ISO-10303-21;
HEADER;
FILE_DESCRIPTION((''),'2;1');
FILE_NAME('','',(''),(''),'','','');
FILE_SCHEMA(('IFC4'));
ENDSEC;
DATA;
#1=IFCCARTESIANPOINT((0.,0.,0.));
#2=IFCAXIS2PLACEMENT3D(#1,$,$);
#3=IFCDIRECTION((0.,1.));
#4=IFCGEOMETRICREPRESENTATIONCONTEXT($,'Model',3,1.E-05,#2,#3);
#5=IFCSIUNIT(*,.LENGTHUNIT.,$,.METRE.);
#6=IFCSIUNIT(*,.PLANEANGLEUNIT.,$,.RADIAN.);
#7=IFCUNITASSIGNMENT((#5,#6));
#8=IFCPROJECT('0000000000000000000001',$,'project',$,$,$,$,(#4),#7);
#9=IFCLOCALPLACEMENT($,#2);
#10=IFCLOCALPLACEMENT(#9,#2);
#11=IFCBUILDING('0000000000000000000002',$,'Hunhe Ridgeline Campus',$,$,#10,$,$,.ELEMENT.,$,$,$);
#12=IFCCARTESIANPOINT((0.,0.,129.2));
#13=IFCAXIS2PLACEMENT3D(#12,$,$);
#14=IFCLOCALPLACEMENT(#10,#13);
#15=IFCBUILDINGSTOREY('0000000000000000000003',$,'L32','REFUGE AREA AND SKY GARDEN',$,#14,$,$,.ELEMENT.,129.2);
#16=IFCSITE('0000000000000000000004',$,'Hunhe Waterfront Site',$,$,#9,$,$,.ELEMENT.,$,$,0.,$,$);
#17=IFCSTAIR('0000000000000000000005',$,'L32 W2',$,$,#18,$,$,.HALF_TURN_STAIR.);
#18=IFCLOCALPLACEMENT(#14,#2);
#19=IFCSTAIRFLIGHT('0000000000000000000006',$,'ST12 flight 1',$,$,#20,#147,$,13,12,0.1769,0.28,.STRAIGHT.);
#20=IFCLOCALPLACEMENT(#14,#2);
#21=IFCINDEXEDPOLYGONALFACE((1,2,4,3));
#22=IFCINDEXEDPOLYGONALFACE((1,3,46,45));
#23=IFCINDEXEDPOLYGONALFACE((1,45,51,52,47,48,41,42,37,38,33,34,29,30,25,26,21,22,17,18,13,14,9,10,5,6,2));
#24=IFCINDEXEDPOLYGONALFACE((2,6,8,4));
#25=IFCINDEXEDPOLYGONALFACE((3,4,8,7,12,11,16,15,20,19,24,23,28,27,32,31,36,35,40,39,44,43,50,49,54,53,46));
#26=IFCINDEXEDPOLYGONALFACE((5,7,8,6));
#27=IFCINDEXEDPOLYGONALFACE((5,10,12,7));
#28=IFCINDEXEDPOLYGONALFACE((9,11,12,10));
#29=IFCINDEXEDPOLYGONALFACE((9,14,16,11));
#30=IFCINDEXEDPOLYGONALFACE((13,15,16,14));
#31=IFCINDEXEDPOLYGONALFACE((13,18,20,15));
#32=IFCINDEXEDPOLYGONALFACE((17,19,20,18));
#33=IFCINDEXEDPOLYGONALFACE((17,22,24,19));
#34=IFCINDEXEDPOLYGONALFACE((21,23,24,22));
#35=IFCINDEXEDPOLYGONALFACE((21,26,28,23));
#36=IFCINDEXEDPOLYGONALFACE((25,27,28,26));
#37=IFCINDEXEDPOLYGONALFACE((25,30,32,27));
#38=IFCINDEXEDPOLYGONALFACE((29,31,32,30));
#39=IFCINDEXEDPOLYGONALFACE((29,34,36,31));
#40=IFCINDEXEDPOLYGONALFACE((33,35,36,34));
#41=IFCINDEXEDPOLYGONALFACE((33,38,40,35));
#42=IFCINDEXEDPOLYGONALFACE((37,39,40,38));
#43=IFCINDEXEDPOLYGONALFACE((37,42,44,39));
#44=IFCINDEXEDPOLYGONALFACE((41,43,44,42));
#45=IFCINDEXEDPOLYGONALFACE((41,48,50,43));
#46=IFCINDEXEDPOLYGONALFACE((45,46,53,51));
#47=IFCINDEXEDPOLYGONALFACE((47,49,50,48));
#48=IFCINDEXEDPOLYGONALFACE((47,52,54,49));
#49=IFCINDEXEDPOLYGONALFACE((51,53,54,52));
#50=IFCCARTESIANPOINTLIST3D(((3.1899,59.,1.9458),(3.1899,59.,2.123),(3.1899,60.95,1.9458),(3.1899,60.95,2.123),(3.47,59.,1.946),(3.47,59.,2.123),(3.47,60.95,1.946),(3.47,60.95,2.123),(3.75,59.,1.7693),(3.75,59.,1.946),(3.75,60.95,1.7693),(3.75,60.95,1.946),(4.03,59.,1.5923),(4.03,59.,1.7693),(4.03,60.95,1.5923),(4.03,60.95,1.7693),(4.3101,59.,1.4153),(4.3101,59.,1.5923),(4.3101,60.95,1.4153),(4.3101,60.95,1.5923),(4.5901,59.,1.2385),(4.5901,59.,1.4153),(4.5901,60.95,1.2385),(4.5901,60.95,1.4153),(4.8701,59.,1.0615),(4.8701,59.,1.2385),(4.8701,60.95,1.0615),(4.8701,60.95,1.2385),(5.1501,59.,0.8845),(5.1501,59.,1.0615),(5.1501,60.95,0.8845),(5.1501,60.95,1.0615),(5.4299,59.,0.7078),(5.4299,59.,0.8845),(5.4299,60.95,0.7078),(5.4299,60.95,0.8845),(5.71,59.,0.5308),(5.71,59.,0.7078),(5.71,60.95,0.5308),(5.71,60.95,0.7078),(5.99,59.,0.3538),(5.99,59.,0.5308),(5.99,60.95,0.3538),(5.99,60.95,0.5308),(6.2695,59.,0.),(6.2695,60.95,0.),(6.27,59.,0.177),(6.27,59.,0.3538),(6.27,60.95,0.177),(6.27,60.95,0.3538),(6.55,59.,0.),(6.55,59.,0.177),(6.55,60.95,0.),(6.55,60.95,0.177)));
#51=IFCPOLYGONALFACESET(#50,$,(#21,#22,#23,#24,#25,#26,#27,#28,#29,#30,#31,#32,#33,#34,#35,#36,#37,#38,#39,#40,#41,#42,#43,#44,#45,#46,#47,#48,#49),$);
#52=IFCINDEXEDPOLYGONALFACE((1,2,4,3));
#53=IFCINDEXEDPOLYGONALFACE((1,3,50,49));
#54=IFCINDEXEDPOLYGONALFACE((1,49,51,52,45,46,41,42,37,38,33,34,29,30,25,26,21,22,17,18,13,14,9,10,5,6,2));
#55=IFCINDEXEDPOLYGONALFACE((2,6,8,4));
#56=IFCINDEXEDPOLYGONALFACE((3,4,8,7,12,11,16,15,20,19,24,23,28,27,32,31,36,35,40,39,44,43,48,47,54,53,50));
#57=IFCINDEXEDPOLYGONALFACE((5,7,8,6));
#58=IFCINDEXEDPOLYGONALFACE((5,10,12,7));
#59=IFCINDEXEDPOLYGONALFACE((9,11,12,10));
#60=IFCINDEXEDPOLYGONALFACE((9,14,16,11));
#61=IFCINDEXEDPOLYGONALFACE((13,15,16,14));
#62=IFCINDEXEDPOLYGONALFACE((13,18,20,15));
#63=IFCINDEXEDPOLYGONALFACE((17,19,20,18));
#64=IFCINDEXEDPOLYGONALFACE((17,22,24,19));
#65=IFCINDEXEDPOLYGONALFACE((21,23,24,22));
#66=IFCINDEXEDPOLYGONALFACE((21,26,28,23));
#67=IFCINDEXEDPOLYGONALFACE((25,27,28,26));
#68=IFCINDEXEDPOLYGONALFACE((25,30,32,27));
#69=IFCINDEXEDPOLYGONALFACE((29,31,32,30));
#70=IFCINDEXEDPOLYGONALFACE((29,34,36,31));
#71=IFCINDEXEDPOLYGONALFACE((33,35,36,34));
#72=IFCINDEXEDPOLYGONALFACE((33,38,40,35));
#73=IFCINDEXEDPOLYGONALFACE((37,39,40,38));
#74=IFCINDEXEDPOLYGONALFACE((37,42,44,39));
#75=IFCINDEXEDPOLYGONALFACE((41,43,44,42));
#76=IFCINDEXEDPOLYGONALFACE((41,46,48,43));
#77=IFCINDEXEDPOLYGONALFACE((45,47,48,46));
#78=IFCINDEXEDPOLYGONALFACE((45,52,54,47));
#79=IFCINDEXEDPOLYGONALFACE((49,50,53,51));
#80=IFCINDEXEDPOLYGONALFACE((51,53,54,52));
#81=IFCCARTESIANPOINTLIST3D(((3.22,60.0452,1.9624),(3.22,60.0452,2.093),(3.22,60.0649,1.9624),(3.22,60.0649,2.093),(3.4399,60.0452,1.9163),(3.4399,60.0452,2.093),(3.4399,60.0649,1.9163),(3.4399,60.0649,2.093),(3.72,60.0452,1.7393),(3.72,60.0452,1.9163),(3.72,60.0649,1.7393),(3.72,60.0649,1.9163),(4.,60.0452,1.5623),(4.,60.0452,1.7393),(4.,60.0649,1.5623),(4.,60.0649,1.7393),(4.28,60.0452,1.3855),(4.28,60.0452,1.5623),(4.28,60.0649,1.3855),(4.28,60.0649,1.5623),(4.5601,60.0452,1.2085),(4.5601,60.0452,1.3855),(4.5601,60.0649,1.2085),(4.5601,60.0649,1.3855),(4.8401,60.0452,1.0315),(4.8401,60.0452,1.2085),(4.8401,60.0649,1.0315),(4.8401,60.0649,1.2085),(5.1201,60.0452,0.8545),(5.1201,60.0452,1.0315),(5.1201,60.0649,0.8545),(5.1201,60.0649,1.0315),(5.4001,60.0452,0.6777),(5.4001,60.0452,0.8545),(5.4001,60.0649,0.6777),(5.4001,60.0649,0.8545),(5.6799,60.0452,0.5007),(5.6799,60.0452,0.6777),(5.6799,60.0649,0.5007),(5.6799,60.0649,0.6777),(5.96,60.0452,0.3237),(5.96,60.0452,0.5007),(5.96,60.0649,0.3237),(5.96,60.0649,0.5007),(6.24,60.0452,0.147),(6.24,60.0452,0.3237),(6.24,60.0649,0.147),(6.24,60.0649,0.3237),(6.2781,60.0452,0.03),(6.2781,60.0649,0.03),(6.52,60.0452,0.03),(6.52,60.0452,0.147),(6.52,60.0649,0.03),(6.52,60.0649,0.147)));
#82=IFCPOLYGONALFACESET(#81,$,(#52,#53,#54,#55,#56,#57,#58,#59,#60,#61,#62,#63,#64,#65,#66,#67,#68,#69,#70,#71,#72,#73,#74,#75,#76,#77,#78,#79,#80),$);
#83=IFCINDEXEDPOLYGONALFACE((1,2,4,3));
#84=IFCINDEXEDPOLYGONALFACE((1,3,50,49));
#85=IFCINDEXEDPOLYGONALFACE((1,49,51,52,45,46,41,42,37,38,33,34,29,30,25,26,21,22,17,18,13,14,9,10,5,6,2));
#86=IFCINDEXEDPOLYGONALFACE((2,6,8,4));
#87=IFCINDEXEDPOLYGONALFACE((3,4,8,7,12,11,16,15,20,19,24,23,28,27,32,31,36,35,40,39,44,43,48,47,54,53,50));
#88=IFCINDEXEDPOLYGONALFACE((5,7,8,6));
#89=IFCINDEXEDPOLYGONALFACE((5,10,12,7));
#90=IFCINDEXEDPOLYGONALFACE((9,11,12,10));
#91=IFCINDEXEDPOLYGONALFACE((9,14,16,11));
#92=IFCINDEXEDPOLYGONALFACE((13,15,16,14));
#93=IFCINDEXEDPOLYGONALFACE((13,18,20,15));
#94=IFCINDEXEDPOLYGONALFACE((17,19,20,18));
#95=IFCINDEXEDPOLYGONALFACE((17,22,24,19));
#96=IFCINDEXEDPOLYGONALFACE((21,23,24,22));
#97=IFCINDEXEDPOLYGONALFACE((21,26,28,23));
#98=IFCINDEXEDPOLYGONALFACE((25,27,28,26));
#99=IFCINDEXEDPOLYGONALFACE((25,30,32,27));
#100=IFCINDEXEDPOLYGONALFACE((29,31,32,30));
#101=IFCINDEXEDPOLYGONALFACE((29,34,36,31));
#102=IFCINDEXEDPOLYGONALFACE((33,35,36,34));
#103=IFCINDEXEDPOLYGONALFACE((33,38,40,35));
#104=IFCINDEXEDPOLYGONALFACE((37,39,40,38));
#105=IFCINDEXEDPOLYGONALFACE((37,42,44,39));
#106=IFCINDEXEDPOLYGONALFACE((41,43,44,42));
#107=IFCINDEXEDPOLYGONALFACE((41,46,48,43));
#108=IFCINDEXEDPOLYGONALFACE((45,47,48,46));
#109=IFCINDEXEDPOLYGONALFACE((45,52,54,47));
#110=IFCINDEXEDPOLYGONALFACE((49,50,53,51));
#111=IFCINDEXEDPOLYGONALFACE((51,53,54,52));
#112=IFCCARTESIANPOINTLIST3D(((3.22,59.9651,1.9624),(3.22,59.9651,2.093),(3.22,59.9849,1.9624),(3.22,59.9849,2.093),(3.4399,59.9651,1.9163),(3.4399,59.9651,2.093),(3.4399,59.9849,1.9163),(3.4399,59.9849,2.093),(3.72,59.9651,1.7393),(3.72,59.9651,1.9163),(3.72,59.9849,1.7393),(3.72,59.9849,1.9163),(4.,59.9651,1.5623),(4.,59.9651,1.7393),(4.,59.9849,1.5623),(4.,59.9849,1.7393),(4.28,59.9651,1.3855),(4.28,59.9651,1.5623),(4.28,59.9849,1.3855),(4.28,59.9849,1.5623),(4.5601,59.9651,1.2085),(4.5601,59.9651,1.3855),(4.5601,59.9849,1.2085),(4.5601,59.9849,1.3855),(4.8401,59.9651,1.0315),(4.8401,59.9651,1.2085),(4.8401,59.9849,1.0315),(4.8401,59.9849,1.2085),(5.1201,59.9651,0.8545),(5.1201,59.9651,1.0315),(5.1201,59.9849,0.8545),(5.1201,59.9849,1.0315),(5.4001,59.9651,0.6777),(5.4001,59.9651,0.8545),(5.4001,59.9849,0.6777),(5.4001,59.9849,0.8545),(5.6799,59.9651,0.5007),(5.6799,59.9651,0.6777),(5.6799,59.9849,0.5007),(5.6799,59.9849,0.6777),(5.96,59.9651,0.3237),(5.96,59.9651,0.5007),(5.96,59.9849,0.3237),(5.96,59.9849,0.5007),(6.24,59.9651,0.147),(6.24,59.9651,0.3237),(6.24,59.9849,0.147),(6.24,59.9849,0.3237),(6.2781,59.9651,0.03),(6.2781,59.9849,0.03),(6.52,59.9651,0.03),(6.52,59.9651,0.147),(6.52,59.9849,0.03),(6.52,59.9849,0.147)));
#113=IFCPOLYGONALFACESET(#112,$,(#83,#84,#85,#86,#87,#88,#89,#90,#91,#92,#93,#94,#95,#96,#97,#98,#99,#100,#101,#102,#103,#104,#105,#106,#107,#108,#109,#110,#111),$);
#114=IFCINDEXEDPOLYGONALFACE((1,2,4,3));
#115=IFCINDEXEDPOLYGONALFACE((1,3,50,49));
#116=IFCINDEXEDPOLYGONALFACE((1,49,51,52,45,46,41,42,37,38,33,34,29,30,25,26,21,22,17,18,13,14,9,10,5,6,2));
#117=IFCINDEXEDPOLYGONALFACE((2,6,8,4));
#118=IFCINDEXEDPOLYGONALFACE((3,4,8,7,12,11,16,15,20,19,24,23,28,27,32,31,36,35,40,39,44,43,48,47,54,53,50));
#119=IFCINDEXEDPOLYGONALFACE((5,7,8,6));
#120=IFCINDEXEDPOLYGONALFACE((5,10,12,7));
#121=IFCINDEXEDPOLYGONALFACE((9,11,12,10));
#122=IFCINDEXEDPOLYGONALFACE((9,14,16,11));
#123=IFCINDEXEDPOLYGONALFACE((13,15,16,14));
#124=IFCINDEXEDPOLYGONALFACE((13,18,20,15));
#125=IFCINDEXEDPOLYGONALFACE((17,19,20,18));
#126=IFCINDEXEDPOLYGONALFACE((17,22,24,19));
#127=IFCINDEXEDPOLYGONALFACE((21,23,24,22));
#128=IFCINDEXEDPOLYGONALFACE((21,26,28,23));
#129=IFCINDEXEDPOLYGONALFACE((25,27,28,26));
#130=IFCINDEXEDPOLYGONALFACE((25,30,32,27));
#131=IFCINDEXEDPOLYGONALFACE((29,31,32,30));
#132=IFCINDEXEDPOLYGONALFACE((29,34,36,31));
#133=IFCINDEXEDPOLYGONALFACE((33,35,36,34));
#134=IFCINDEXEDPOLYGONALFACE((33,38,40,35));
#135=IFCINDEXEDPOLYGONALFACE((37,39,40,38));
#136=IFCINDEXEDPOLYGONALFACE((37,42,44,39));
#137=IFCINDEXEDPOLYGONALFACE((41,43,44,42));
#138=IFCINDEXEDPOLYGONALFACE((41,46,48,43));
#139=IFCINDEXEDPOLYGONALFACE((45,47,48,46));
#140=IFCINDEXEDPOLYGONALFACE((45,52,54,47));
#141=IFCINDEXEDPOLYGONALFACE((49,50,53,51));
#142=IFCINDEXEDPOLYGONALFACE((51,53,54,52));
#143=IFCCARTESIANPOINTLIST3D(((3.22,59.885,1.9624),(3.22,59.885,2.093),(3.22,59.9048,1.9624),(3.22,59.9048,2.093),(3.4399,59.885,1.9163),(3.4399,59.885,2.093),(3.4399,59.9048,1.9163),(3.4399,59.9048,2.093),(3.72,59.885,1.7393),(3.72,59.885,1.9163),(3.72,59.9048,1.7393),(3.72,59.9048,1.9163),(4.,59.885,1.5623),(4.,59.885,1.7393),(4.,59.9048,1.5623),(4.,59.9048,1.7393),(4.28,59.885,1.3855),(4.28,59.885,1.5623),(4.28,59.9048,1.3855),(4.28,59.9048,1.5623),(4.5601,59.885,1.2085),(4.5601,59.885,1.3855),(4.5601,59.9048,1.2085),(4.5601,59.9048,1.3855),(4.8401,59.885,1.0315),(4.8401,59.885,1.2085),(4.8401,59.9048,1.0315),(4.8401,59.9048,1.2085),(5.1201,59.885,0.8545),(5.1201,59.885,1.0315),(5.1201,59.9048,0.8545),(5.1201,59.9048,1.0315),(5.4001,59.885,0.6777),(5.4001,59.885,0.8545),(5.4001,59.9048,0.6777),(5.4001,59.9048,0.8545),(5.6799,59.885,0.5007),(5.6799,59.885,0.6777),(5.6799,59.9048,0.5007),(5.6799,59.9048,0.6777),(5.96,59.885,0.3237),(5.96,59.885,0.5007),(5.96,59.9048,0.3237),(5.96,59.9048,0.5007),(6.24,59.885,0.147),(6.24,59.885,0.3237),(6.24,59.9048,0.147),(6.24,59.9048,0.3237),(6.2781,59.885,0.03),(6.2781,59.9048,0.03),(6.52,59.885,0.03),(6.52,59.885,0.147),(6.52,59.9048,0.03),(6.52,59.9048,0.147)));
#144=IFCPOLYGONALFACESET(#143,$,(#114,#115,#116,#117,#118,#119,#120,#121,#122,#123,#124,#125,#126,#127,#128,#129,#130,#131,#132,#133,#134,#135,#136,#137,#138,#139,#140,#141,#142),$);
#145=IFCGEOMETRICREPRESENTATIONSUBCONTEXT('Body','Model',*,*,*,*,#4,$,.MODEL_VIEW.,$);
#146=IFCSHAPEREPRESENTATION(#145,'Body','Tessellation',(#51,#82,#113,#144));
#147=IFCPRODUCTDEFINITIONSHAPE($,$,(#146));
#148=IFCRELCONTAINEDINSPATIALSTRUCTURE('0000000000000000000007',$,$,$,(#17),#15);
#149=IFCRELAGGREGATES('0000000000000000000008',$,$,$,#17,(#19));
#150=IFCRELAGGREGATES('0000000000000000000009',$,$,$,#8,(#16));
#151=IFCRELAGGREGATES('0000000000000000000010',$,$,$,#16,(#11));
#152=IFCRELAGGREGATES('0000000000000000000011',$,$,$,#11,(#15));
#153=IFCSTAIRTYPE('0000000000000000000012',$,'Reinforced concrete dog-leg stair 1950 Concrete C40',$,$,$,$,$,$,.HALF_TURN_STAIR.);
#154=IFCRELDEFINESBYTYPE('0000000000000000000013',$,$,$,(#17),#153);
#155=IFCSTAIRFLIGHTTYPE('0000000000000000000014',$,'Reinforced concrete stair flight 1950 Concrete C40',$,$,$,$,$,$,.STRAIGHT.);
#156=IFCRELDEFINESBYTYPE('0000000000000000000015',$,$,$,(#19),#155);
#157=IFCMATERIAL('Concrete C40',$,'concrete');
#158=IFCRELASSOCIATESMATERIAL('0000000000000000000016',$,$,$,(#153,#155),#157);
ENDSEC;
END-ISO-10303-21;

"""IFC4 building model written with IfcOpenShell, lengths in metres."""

from ifc_helpers import new_model, si_unit, direction, frame, origin, place, context, subcontext, project, spatial, polyline, outline, extrude, material, type_object, element, aggregate, save


model = new_model("IFC4")

# Units and contexts
model_context = context("Model", 3, precision=1e-05, world=origin(), true_north=direction((0.0, 1.0)))
body_context = subcontext(model_context, "Body", "Model", "MODEL_VIEW")
ifc_project = project(units=[si_unit("LENGTHUNIT", "METRE"), si_unit("PLANEANGLEUNIT", "RADIAN")], contexts=[model_context])

# Site, building, storey
site_placement = place(None, origin())
site = spatial("IfcSite", under=ifc_project, at=site_placement, Name="Hunhe Waterfront Site", CompositionType="ELEMENT", RefElevation=0.0)
building_placement = place(site_placement, origin())
building = spatial("IfcBuilding", under=site, at=building_placement, Name="Hunhe Ridgeline Campus", CompositionType="ELEMENT")
storey_placement = place(building_placement, frame((0.0, 0.0, 129.2)))
storey = spatial("IfcBuildingStorey", under=building, at=storey_placement, Name="L32", Description="REFUGE AREA AND SKY GARDEN", CompositionType="ELEMENT", Elevation=129.2)

# Shared definitions
ifc_material_1 = material(Name="Concrete C40", Category="concrete")
stair_type = type_object("IfcStairType", Name="Reinforced concrete dog-leg stair 1950 Concrete C40", PredefinedType="HALF_TURN_STAIR", material=ifc_material_1)
stair_flight_type = type_object("IfcStairFlightType", Name="Reinforced concrete stair flight 1950 Concrete C40", PredefinedType="STRAIGHT", material=ifc_material_1)

# Stair, stair flight
stair_1_placement = place(storey_placement, origin())
stair_1 = element("IfcStair", 1, at=stair_1_placement, inside=storey, type_object=stair_type, Name="L32 W2", PredefinedType="HALF_TURN_STAIR")
stair_flight_1_placement = place(storey_placement, frame((6.55, 59.9751, 0.0), z_axis=(0.0, 0.0, 1.0), x_axis=(-1.0, 0.0, 0.0)))
stair_flight_1 = element("IfcStairFlight", 2, at=stair_flight_1_placement, type_object=stair_flight_type, Name="ST12 flight 1", NumberOfRisers=13, NumberOfTreads=12, PredefinedType="STRAIGHT", RiserHeight=0.1769, TreadLength=0.28, context=body_context, shape_type="SweptSolid", body=[
    extrude(outline(polyline([(0.0, 0.0), (0.0, 0.177), (0.28, 0.177), (0.28, 0.3538), (0.5601, 0.3538), (0.5601, 0.5308), (0.8401, 0.5308), (0.8401, 0.7078), (1.1201, 0.7078), (1.1201, 0.8845), (1.3999, 0.8845), (1.3999, 1.0615), (1.6799, 1.0615), (1.6799, 1.2385), (1.96, 1.2385), (1.96, 1.4153), (2.24, 1.4153), (2.24, 1.5923), (2.52, 1.5923), (2.52, 1.7693), (2.8, 1.7693), (2.8, 1.946), (3.0801, 1.946), (3.0801, 2.123), (3.3601, 2.123), (3.3601, 2.3), (3.3601, 1.9458), (0.2805, 0.0), (0.0, 0.0)])), frame((0.0, 0.9751, 0.0), z_axis=(0.0, -1.0, 0.0), x_axis=(1.0, 0.0, 0.0)), (0.0, 0.0, 1.0), 1.95),
    extrude(outline(polyline([(0.03, 0.03), (0.03, 0.147), (0.3101, 0.147), (0.3101, 0.3237), (0.5901, 0.3237), (0.5901, 0.5007), (0.8701, 0.5007), (0.8701, 0.6777), (1.1499, 0.6777), (1.1499, 0.8545), (1.4299, 0.8545), (1.4299, 1.0315), (1.71, 1.0315), (1.71, 1.2085), (1.99, 1.2085), (1.99, 1.3855), (2.27, 1.3855), (2.27, 1.5623), (2.55, 1.5623), (2.55, 1.7393), (2.8301, 1.7393), (2.8301, 1.9163), (3.1101, 1.9163), (3.1101, 2.093), (3.3301, 2.093), (3.3301, 1.9624), (0.272, 0.03), (0.03, 0.03)])), frame((0.0, -0.0701, 0.0), z_axis=(0.0, -1.0, 0.0), x_axis=(1.0, 0.0, 0.0)), (0.0, 0.0, 1.0), 0.0198),
    extrude(outline(polyline([(0.03, 0.03), (0.03, 0.147), (0.3101, 0.147), (0.3101, 0.3237), (0.5901, 0.3237), (0.5901, 0.5007), (0.8701, 0.5007), (0.8701, 0.6777), (1.1499, 0.6777), (1.1499, 0.8545), (1.4299, 0.8545), (1.4299, 1.0315), (1.71, 1.0315), (1.71, 1.2085), (1.99, 1.2085), (1.99, 1.3855), (2.27, 1.3855), (2.27, 1.5623), (2.55, 1.5623), (2.55, 1.7393), (2.8301, 1.7393), (2.8301, 1.9163), (3.1101, 1.9163), (3.1101, 2.093), (3.3301, 2.093), (3.3301, 1.9624), (0.272, 0.03), (0.03, 0.03)])), frame((0.0, 0.01, 0.0), z_axis=(0.0, -1.0, 0.0), x_axis=(1.0, 0.0, 0.0)), (0.0, 0.0, 1.0), 0.0198),
    extrude(outline(polyline([(0.03, 0.03), (0.03, 0.147), (0.3101, 0.147), (0.3101, 0.3237), (0.5901, 0.3237), (0.5901, 0.5007), (0.8701, 0.5007), (0.8701, 0.6777), (1.1499, 0.6777), (1.1499, 0.8545), (1.4299, 0.8545), (1.4299, 1.0315), (1.71, 1.0315), (1.71, 1.2085), (1.99, 1.2085), (1.99, 1.3855), (2.27, 1.3855), (2.27, 1.5623), (2.55, 1.5623), (2.55, 1.7393), (2.8301, 1.7393), (2.8301, 1.9163), (3.1101, 1.9163), (3.1101, 2.093), (3.3301, 2.093), (3.3301, 1.9624), (0.272, 0.03), (0.03, 0.03)])), frame((0.0, 0.0901, 0.0), z_axis=(0.0, -1.0, 0.0), x_axis=(1.0, 0.0, 0.0)), (0.0, 0.0, 1.0), 0.0198),
])
aggregate(stair_1, [stair_flight_1])

save(model, "model.ifc")
